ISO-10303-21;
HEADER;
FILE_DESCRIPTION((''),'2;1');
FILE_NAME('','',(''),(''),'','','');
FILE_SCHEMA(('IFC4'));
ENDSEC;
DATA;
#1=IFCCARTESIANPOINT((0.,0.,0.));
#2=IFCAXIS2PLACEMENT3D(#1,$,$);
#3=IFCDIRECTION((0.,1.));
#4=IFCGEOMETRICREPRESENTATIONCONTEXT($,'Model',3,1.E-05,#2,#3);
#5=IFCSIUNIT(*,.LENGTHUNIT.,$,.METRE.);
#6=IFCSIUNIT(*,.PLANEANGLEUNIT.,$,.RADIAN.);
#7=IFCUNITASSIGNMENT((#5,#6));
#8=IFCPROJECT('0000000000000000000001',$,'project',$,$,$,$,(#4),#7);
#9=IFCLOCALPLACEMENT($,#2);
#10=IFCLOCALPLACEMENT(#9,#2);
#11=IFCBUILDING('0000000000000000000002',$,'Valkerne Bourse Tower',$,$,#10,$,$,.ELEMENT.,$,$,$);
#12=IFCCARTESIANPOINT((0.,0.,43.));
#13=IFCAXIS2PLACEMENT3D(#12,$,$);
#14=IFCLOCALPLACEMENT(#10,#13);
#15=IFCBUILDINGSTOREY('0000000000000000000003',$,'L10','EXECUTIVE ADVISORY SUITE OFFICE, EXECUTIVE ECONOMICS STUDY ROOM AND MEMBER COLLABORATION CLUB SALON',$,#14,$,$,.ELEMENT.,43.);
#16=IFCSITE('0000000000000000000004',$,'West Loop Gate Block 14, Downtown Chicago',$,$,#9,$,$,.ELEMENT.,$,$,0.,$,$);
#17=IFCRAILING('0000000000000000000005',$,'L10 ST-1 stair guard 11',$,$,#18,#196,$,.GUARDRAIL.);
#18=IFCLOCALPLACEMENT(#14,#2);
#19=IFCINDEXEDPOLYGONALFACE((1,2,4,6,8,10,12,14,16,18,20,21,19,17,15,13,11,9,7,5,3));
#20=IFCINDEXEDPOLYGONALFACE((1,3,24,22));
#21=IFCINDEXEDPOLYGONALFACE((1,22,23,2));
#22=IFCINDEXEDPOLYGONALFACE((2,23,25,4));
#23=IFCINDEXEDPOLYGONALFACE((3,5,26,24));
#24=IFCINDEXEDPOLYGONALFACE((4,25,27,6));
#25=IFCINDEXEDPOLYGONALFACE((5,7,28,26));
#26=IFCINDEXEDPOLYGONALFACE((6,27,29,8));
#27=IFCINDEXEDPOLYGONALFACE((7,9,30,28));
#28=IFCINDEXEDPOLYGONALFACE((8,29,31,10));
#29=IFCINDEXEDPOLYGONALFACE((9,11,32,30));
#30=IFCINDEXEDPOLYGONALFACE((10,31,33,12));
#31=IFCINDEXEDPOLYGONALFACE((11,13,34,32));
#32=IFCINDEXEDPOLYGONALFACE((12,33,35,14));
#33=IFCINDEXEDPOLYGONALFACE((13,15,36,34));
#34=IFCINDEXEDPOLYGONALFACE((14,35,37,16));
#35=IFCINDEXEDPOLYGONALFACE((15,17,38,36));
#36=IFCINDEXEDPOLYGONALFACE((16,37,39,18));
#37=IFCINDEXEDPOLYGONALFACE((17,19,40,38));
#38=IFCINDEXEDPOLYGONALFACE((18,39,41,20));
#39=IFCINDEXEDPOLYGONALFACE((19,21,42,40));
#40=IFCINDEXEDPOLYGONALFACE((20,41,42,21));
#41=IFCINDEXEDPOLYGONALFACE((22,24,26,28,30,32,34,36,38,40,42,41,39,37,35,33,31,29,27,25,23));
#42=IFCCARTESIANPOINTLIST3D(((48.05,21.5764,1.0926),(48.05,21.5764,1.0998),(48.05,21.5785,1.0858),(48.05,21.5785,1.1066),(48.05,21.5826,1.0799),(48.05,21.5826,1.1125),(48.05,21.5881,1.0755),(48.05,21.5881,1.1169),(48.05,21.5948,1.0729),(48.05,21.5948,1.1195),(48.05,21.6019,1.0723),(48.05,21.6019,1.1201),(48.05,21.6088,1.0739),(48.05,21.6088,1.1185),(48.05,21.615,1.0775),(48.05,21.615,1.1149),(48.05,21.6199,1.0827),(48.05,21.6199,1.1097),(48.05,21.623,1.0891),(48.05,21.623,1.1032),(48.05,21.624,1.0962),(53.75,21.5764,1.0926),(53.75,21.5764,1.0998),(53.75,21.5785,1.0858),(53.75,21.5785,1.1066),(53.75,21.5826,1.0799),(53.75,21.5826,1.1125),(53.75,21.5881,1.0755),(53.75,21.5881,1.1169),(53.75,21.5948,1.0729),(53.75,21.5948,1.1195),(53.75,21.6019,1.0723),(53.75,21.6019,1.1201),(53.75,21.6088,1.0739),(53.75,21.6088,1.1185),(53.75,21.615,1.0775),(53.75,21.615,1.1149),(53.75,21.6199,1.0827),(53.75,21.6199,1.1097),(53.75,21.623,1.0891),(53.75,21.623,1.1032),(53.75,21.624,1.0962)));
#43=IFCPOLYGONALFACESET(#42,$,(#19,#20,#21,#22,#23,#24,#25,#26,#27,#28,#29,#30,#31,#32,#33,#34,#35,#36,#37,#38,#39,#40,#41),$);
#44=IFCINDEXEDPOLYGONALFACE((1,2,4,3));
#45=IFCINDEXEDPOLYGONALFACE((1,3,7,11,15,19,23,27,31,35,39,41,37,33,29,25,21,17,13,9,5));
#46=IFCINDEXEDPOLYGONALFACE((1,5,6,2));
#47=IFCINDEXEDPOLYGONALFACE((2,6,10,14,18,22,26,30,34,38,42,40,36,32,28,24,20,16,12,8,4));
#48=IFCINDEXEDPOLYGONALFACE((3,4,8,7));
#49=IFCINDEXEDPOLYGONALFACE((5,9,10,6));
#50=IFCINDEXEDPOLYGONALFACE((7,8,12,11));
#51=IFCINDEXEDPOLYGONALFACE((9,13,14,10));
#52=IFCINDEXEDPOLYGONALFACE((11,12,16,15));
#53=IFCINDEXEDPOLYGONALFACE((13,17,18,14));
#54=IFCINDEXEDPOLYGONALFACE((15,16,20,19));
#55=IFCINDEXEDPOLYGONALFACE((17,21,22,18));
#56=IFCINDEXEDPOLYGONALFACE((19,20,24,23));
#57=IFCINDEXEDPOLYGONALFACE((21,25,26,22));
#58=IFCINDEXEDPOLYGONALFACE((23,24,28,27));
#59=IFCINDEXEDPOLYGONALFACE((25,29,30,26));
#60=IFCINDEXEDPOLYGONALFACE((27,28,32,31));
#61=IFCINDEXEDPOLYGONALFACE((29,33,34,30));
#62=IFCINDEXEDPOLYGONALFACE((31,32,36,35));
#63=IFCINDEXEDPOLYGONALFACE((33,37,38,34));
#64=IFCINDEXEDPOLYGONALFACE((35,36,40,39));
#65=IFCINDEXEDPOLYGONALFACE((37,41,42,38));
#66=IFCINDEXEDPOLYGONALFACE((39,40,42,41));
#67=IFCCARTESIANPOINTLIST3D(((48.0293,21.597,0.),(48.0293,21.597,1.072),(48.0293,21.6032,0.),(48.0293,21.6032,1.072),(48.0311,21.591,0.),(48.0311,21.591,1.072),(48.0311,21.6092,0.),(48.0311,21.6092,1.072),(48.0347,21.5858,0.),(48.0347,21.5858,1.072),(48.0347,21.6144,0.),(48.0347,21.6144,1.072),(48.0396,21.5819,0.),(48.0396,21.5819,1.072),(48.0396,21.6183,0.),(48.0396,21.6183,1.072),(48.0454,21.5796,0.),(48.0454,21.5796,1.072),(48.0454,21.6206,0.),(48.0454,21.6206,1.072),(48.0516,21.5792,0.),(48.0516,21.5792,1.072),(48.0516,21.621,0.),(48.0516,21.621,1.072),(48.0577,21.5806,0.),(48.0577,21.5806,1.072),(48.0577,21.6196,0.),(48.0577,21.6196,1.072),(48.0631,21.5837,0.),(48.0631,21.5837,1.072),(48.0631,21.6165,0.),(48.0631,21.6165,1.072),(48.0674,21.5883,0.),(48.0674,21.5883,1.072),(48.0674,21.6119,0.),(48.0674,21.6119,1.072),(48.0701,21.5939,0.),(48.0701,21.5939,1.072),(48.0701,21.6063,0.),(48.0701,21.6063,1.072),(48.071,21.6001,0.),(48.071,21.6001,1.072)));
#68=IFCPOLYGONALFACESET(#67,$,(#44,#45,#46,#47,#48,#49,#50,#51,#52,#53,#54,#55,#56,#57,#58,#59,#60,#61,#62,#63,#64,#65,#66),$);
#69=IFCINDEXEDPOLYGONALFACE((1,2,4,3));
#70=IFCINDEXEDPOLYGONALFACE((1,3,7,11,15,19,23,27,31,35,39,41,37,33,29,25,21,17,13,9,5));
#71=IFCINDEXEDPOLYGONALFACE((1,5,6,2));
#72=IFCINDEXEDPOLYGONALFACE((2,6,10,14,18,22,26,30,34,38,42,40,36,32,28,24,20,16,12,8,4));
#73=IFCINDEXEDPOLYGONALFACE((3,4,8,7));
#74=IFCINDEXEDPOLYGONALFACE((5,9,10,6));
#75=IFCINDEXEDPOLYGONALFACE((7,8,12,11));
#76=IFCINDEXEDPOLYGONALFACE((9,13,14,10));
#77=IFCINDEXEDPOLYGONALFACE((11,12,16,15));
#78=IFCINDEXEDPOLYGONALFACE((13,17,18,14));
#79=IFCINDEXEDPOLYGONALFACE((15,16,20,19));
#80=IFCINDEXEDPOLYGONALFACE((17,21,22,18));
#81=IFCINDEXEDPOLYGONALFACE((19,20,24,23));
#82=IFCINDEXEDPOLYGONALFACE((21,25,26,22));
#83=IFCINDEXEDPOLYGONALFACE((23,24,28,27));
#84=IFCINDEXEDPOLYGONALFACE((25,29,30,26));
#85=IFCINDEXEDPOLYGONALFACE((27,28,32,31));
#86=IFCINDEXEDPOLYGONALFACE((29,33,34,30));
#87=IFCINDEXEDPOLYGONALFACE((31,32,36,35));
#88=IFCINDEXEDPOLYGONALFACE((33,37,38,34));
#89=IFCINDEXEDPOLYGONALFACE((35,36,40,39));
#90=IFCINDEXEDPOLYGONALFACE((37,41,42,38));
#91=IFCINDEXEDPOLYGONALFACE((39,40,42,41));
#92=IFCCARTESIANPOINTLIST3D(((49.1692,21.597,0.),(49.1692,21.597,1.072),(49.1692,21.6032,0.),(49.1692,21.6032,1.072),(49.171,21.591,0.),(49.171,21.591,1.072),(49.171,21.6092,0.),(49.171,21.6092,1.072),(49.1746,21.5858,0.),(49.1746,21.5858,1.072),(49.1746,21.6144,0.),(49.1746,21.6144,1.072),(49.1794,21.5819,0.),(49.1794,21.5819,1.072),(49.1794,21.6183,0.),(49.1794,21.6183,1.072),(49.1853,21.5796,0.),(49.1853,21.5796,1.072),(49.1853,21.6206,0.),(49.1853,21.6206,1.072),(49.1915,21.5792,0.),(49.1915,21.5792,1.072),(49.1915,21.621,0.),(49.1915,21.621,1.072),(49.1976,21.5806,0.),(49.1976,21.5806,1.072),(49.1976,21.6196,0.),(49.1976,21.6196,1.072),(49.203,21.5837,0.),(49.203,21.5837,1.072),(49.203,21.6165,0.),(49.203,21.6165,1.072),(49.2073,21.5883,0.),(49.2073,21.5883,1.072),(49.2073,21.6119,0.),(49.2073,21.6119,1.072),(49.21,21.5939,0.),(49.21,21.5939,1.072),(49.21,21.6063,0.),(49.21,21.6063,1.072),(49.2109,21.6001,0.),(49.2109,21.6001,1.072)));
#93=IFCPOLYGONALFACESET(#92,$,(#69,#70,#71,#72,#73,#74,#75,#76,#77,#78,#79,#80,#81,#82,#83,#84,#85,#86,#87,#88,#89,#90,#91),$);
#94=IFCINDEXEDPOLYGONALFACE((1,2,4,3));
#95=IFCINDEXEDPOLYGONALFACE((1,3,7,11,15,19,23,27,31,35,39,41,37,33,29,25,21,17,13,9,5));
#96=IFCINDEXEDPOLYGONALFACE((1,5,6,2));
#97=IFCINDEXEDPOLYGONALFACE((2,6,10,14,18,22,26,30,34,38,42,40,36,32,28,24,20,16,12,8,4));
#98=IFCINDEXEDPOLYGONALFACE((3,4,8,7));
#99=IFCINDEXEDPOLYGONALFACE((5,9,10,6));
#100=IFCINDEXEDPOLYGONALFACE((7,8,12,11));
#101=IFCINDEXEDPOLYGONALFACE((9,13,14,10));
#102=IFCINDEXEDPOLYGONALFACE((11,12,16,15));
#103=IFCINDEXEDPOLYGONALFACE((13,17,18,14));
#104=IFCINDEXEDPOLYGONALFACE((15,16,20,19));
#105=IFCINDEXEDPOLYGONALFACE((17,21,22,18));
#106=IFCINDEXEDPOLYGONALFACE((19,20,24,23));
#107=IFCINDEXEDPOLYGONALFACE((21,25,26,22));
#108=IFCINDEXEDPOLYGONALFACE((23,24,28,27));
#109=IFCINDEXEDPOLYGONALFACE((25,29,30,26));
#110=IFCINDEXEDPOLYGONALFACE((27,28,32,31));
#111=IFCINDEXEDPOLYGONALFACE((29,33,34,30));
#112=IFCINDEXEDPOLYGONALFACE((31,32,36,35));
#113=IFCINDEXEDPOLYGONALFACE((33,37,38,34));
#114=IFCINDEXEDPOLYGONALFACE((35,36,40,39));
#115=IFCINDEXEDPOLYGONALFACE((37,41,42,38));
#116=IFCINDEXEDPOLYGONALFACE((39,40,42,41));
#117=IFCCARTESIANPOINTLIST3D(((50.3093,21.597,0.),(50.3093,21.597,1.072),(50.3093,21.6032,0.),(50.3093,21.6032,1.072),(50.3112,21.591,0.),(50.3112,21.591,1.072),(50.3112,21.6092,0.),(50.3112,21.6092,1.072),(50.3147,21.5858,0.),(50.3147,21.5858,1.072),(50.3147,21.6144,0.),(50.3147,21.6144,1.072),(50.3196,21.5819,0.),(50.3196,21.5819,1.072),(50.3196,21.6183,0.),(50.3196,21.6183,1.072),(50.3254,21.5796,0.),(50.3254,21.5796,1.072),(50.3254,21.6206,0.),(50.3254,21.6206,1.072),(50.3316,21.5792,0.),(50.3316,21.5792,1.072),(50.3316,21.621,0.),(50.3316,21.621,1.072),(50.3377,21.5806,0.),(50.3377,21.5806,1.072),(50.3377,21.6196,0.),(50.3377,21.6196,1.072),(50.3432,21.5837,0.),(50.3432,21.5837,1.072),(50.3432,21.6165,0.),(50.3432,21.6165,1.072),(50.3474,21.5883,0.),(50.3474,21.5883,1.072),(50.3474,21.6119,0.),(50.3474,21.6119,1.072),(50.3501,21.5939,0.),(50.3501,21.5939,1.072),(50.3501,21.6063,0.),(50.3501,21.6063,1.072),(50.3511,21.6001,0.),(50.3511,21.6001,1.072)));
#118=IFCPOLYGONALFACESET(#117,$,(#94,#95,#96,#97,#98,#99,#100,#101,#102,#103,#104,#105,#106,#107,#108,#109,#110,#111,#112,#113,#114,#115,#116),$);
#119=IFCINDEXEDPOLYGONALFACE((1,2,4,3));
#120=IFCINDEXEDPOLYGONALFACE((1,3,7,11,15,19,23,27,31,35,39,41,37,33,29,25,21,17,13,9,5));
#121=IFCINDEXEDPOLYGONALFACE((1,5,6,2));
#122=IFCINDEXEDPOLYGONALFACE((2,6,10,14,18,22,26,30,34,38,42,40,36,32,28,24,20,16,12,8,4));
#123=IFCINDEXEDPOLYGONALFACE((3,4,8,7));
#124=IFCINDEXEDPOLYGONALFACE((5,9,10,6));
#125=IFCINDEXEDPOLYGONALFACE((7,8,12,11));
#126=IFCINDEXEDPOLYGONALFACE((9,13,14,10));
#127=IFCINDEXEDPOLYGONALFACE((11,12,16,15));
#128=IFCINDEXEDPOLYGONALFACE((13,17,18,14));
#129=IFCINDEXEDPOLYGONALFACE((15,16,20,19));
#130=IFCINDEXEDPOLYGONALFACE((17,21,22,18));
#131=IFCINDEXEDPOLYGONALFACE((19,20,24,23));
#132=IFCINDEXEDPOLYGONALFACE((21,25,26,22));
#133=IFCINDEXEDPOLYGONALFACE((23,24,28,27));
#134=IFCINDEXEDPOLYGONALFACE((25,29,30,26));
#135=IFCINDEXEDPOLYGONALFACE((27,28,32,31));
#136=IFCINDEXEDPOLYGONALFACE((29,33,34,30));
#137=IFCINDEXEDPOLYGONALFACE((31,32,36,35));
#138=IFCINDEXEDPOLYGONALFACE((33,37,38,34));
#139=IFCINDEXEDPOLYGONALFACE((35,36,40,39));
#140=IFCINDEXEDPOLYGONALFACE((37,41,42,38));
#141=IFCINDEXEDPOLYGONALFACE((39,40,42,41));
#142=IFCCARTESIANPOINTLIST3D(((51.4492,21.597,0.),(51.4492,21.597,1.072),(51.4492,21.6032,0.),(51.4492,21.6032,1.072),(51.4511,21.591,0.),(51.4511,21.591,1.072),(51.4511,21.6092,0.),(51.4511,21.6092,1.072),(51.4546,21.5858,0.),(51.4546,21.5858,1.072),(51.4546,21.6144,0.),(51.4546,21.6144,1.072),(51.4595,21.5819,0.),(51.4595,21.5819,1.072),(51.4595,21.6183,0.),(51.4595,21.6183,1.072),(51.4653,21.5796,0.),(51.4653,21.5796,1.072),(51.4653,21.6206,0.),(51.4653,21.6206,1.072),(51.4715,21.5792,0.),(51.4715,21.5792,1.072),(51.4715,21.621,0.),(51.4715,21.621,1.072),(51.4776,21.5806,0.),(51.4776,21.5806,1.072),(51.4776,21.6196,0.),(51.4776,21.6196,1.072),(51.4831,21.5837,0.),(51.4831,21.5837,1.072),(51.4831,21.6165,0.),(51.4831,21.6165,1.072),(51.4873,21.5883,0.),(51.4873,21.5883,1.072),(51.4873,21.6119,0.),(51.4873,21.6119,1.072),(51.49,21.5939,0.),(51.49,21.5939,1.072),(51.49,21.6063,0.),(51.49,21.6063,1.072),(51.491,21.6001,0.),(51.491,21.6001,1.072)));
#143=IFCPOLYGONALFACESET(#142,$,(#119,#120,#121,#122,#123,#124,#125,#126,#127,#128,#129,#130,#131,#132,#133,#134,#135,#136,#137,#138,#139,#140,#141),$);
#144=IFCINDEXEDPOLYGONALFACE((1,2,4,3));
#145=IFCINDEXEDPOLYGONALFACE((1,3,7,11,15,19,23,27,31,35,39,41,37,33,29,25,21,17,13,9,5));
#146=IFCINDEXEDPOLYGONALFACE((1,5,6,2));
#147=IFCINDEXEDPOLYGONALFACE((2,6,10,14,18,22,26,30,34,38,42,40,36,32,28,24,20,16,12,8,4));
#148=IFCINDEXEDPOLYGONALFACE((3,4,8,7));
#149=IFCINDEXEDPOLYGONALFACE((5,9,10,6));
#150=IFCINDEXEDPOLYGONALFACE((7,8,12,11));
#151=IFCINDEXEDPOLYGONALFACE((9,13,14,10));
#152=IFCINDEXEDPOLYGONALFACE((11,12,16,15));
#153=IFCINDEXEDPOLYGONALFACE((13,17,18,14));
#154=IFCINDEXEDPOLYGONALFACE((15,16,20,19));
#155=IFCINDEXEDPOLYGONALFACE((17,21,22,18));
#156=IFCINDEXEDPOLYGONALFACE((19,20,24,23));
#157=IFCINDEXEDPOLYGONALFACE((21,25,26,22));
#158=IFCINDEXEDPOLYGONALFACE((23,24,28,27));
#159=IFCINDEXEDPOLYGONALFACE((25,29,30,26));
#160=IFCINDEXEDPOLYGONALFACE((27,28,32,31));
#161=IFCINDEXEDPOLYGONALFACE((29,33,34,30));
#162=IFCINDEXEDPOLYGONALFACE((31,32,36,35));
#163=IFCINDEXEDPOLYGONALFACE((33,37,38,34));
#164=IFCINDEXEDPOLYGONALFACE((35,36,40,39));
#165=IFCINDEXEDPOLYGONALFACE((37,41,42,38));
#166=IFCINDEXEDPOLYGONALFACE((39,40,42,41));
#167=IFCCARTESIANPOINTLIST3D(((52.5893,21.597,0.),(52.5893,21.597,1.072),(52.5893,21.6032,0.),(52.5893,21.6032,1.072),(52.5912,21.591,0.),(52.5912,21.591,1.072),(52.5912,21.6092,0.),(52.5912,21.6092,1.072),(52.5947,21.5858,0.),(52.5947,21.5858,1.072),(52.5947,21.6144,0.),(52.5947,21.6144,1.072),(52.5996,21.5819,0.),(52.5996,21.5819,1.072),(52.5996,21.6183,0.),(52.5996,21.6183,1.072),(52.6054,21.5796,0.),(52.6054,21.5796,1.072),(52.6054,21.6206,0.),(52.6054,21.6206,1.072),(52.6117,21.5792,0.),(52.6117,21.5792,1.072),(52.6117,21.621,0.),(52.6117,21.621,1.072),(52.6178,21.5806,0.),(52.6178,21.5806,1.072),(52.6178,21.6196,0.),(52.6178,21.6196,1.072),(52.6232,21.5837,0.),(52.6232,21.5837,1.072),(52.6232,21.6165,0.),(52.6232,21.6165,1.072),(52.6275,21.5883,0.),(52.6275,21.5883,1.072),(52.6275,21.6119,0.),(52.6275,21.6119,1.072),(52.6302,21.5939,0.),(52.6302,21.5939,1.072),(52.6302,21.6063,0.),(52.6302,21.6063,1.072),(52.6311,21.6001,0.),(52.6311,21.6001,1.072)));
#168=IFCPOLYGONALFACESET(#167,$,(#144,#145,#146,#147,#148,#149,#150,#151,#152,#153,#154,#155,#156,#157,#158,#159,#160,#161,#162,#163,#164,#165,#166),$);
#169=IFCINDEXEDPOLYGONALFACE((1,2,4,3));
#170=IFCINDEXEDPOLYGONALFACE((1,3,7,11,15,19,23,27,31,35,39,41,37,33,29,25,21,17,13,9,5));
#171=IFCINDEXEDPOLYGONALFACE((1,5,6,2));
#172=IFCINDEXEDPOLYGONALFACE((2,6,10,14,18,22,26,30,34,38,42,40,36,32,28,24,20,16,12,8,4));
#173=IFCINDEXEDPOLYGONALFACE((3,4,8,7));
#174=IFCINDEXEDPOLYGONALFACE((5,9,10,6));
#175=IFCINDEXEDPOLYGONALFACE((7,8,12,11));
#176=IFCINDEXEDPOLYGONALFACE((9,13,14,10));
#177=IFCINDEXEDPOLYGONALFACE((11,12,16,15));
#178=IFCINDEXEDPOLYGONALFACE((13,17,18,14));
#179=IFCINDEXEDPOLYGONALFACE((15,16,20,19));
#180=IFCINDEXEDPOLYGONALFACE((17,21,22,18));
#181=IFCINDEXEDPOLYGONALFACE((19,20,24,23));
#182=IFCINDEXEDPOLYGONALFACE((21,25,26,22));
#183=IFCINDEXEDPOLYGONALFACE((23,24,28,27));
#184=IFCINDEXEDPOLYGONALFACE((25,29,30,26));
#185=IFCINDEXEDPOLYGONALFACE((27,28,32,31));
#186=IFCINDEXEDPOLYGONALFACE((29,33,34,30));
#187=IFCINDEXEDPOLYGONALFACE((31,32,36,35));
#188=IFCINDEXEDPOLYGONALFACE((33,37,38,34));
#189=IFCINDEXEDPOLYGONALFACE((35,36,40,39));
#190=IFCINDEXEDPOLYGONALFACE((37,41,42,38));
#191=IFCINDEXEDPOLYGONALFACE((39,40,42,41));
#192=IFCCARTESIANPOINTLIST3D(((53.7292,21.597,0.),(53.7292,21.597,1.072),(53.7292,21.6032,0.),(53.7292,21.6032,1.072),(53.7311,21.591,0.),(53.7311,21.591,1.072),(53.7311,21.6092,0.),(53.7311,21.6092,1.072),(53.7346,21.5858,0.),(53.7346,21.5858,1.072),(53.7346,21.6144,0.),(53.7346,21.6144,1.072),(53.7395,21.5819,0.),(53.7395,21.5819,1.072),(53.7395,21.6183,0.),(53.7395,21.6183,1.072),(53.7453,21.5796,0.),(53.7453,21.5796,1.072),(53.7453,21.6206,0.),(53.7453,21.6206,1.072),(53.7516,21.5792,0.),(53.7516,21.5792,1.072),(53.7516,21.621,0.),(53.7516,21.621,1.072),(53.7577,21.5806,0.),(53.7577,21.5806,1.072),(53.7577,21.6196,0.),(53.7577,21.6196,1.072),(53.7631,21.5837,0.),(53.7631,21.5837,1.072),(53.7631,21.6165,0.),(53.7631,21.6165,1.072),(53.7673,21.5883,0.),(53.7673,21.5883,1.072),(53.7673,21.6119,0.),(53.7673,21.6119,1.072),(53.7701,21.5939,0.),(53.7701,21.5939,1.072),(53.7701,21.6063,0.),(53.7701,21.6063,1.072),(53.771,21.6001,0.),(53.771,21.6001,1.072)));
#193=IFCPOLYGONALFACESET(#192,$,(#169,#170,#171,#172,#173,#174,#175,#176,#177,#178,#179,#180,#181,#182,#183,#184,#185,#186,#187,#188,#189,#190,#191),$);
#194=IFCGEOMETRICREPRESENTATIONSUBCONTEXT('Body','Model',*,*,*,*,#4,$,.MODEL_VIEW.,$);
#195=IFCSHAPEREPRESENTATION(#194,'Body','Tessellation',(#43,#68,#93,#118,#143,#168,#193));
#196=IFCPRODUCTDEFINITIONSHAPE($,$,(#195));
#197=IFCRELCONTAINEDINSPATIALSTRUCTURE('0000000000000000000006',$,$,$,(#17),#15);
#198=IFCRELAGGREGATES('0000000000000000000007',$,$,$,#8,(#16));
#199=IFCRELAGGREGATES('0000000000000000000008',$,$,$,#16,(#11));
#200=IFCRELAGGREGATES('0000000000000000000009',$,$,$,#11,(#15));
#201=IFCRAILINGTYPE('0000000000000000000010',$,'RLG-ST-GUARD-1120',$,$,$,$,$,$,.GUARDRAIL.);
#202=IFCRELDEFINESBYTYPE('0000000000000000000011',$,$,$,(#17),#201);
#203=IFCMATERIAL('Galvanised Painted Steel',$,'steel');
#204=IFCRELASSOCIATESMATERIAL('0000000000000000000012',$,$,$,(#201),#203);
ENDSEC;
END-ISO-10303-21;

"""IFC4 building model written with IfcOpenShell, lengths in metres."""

from ifc_helpers import new_model, si_unit, direction, frame, origin, origin_2d, place, context, subcontext, project, spatial, circle, extrude, material, type_object, element, save


model = new_model("IFC4")

# Units and contexts
model_context = context("Model", 3, precision=1e-05, world=origin(), true_north=direction((0.0, 1.0)))
body_context = subcontext(model_context, "Body", "Model", "MODEL_VIEW")
ifc_project = project(units=[si_unit("LENGTHUNIT", "METRE"), si_unit("PLANEANGLEUNIT", "RADIAN")], contexts=[model_context])

# Site, building, storey
site_placement = place(None, origin())
site = spatial("IfcSite", under=ifc_project, at=site_placement, Name="West Loop Gate Block 14, Downtown Chicago", CompositionType="ELEMENT", RefElevation=0.0)
building_placement = place(site_placement, origin())
building = spatial("IfcBuilding", under=site, at=building_placement, Name="Valkerne Bourse Tower", CompositionType="ELEMENT")
storey_placement = place(building_placement, frame((0.0, 0.0, 43.0)))
storey = spatial("IfcBuildingStorey", under=building, at=storey_placement, Name="L10", Description="EXECUTIVE ADVISORY SUITE OFFICE, EXECUTIVE ECONOMICS STUDY ROOM AND MEMBER COLLABORATION CLUB SALON", CompositionType="ELEMENT", Elevation=43.0)

# Shared definitions
ifc_material_1 = material(Name="Galvanised Painted Steel", Category="steel")

# Railing
railing_type_1 = type_object("IfcRailingType", Name="RLG-ST-GUARD-1120", PredefinedType="GUARDRAIL", material=ifc_material_1)
for number, where, name in (
    (1, (48.05, 21.6001, 0.0), "L10 ST-1 stair guard 11"),
):
    element("IfcRailing", number, at=place(storey_placement, frame(where)), inside=storey, type_object=railing_type_1, Name=name, PredefinedType="GUARDRAIL", context=body_context, shape_type="SweptSolid", body=[
        extrude(circle(Radius=0.0239, at=origin_2d()), frame((0.0, 0.0, 1.0962), z_axis=(1.0, 0.0, 0.0), x_axis=(0.0, 1.0, 0.0)), (0.0, 0.0, 1.0), 5.7),
        extrude(circle(Radius=0.021, at=origin_2d()), origin(), (0.0, 0.0, 1.0), 1.072),
        extrude(circle(Radius=0.021, at=origin_2d()), frame((1.1399, 0.0, 0.0)), (0.0, 0.0, 1.0), 1.072),
        extrude(circle(Radius=0.021, at=origin_2d()), frame((2.28, 0.0, 0.0)), (0.0, 0.0, 1.0), 1.072),
        extrude(circle(Radius=0.021, at=origin_2d()), frame((3.4199, 0.0, 0.0)), (0.0, 0.0, 1.0), 1.072),
        extrude(circle(Radius=0.021, at=origin_2d()), frame((4.5601, 0.0, 0.0)), (0.0, 0.0, 1.0), 1.072),
        extrude(circle(Radius=0.021, at=origin_2d()), frame((5.7, 0.0, 0.0)), (0.0, 0.0, 1.0), 1.072),
    ])

save(model, "model.ifc")
